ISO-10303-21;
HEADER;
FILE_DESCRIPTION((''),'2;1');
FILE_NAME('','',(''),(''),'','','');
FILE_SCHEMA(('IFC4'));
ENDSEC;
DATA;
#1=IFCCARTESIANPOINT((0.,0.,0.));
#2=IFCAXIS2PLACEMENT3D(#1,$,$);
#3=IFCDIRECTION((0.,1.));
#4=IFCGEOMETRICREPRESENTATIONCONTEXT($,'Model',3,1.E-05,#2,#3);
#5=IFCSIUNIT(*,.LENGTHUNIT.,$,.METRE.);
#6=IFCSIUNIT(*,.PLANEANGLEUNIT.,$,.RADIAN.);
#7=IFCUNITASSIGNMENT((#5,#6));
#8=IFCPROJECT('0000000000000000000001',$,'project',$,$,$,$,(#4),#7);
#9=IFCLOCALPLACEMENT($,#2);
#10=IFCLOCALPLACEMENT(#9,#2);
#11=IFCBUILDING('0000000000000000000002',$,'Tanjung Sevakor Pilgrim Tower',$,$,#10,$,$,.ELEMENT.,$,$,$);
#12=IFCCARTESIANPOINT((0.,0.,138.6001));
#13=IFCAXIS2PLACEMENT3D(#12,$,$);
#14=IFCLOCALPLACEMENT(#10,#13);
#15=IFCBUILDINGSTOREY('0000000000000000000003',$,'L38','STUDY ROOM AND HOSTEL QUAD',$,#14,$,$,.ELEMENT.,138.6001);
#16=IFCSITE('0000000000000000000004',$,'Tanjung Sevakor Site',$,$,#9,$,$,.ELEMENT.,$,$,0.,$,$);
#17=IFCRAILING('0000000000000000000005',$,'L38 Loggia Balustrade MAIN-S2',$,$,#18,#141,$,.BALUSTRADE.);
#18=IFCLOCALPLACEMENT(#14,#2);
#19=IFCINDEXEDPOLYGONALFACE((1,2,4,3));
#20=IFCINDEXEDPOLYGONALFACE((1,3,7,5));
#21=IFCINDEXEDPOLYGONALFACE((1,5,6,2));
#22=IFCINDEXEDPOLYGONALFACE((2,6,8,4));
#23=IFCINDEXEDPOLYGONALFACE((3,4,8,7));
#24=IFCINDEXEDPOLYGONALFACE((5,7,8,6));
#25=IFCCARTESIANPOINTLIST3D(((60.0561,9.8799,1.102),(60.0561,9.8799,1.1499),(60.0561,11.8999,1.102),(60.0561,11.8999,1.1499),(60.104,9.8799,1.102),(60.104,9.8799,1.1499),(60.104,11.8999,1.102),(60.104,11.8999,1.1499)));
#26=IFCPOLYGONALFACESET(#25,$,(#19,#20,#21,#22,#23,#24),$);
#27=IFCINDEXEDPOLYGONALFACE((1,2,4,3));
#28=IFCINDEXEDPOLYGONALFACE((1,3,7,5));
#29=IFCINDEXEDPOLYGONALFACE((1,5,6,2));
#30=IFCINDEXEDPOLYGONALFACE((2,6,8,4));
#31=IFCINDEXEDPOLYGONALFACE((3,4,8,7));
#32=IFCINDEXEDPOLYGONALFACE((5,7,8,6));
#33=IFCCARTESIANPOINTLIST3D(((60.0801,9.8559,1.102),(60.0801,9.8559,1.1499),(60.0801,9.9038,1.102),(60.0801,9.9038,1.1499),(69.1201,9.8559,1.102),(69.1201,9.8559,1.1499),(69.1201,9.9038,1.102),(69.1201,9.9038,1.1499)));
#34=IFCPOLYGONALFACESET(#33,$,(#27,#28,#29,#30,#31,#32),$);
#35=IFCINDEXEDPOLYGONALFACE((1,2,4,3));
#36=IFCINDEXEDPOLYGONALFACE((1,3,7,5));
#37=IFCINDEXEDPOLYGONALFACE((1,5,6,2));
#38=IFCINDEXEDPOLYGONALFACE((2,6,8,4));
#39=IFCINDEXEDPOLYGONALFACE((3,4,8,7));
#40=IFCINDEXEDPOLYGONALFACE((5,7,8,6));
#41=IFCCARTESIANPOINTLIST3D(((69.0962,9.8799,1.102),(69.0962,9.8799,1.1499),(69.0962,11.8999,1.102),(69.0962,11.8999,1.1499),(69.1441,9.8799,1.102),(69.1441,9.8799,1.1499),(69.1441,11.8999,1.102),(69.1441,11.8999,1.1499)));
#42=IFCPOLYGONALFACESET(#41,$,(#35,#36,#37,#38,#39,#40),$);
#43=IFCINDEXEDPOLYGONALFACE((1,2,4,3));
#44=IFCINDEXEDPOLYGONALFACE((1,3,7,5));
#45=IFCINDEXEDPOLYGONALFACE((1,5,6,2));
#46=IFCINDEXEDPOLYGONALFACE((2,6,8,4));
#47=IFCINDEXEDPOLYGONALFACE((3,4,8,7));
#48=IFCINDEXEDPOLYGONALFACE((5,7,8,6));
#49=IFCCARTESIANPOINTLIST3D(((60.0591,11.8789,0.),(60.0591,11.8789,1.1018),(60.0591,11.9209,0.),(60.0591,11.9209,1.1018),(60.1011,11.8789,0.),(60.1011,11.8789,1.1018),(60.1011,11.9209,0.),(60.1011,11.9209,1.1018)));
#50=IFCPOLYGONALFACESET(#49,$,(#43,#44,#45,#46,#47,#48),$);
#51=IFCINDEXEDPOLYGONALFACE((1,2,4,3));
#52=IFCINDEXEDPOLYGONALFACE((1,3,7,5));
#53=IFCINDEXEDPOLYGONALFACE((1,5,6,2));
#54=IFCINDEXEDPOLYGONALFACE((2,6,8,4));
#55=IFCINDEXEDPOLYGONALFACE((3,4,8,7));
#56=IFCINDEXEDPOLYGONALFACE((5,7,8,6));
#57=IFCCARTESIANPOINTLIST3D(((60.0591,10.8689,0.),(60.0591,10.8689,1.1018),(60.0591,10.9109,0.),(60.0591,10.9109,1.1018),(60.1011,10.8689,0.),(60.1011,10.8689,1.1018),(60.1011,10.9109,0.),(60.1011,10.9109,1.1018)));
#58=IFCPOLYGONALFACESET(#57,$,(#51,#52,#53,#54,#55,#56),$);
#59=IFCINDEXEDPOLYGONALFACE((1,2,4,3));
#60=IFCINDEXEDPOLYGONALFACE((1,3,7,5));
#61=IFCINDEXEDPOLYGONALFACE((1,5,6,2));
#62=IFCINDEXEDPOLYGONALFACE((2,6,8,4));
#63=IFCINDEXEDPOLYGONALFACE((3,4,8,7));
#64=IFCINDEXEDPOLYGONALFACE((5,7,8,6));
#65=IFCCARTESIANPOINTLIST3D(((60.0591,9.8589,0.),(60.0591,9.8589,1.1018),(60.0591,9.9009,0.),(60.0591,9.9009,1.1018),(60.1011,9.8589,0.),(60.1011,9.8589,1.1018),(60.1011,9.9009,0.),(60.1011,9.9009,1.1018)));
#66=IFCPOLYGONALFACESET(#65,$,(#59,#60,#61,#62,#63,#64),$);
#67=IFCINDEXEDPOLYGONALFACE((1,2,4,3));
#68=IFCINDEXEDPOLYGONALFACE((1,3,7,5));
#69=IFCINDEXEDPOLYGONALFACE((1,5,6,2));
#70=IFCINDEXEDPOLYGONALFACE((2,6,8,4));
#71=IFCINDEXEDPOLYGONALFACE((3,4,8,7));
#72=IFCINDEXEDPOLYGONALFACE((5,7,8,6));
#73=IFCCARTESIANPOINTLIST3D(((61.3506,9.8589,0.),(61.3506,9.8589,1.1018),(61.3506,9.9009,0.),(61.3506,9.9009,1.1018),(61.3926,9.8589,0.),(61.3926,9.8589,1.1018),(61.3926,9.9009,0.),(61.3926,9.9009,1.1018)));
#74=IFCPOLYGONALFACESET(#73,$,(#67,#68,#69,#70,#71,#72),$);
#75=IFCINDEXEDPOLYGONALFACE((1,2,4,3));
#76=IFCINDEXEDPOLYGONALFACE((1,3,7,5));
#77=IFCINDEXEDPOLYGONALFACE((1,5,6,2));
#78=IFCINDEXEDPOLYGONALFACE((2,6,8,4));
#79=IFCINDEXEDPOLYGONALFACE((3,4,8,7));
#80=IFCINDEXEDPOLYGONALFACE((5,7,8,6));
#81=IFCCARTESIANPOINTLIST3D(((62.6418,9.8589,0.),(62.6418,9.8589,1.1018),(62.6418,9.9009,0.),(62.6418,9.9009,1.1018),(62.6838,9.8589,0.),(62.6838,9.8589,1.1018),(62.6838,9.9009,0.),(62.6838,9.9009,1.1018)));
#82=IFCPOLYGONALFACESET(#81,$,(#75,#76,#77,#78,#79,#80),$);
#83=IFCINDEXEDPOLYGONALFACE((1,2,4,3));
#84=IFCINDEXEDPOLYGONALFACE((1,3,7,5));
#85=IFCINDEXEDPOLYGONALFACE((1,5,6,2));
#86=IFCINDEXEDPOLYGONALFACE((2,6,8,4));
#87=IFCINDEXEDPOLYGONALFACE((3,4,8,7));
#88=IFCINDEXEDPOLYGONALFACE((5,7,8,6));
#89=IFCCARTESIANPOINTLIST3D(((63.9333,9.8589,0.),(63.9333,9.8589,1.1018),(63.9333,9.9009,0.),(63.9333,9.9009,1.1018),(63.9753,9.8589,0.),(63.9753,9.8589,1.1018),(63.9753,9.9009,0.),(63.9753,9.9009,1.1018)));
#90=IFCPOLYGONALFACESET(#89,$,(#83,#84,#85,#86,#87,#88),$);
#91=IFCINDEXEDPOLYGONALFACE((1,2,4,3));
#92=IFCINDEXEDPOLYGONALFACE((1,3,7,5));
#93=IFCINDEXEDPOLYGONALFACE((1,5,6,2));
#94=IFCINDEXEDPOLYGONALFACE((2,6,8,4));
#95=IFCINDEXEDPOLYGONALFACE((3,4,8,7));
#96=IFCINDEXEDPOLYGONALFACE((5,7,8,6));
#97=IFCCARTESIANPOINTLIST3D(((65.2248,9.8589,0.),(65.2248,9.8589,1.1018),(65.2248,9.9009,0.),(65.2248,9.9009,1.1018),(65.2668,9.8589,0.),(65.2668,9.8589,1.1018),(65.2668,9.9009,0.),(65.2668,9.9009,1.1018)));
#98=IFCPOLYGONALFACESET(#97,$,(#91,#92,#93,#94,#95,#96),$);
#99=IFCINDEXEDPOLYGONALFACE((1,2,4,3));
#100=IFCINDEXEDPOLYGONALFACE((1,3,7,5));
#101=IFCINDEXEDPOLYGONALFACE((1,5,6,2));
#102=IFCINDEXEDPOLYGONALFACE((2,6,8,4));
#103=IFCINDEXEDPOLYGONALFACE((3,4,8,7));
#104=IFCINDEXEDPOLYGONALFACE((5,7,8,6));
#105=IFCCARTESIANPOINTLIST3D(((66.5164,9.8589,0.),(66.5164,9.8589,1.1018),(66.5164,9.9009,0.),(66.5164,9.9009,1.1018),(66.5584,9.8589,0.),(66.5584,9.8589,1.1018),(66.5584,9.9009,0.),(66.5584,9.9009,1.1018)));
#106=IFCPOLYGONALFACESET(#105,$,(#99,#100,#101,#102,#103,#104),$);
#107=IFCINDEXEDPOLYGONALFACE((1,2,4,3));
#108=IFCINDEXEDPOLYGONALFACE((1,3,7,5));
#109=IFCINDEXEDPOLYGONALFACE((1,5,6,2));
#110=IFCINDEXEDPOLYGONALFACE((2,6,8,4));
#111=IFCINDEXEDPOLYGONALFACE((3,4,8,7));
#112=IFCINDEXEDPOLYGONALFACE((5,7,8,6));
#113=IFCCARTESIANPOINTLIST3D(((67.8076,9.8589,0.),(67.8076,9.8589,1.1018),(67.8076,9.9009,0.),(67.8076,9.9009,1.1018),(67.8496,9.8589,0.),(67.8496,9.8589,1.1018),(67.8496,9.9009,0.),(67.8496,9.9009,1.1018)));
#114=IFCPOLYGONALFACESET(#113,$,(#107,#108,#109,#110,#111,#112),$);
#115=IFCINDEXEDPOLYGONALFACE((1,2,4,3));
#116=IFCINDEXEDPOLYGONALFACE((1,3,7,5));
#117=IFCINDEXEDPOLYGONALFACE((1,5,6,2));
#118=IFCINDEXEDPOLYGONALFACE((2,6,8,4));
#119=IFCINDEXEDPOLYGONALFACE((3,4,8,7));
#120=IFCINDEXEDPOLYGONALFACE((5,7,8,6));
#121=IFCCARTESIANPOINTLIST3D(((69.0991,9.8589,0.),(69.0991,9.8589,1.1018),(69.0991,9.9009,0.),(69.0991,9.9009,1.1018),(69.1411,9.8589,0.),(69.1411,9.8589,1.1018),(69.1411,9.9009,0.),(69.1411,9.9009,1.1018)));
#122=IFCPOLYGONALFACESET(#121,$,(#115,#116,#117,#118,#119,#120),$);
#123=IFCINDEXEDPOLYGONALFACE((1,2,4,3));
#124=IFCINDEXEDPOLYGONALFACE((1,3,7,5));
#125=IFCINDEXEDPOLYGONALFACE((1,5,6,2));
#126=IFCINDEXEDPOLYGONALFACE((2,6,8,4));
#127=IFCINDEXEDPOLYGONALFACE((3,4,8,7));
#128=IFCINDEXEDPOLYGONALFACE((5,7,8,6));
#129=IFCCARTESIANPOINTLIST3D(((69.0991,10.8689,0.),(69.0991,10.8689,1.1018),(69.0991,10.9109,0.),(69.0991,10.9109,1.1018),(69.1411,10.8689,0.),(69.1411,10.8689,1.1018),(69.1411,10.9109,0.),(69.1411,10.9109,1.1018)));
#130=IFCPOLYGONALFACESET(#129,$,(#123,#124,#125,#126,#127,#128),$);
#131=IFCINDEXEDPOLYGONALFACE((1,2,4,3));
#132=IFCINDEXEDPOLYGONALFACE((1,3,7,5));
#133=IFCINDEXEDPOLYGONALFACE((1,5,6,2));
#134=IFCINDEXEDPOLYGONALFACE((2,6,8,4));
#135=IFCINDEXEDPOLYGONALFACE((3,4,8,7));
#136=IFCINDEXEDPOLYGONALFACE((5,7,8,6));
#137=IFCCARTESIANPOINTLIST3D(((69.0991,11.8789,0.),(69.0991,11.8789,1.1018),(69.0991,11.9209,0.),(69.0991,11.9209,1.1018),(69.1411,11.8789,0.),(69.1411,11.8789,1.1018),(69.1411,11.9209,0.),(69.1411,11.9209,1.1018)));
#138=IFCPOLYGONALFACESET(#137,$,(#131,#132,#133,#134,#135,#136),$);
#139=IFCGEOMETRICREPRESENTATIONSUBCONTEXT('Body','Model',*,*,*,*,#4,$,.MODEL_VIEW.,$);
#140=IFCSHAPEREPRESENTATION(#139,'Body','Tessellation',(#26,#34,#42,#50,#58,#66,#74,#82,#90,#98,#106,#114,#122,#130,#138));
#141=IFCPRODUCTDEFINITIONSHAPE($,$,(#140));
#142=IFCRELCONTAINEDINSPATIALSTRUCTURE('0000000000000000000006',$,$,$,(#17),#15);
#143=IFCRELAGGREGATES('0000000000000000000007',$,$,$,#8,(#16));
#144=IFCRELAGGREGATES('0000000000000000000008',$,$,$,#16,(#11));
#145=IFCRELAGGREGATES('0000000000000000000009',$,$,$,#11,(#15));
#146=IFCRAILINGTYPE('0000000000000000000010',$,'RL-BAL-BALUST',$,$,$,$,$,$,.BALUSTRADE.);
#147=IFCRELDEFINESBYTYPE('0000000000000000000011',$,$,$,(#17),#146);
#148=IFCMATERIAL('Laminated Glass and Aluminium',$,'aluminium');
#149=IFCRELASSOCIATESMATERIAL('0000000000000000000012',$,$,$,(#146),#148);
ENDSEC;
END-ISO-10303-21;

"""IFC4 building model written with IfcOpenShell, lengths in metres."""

from ifc_helpers import new_model, si_unit, direction, frame, origin, place, context, subcontext, project, spatial, rectangle, extrude, material, type_object, element, save


model = new_model("IFC4")

# Units and contexts
model_context = context("Model", 3, precision=1e-05, world=origin(), true_north=direction((0.0, 1.0)))
body_context = subcontext(model_context, "Body", "Model", "MODEL_VIEW")
ifc_project = project(units=[si_unit("LENGTHUNIT", "METRE"), si_unit("PLANEANGLEUNIT", "RADIAN")], contexts=[model_context])

# Site, building, storey
site_placement = place(None, origin())
site = spatial("IfcSite", under=ifc_project, at=site_placement, Name="Tanjung Sevakor Site", CompositionType="ELEMENT", RefElevation=0.0)
building_placement = place(site_placement, origin())
building = spatial("IfcBuilding", under=site, at=building_placement, Name="Tanjung Sevakor Pilgrim Tower", CompositionType="ELEMENT")
storey_placement = place(building_placement, frame((0.0, 0.0, 138.6001)))
storey = spatial("IfcBuildingStorey", under=building, at=storey_placement, Name="L38", Description="STUDY ROOM AND HOSTEL QUAD", CompositionType="ELEMENT", Elevation=138.6001)

# Railing
ifc_material_1 = material(Name="Laminated Glass and Aluminium", Category="aluminium")
railing_type = type_object("IfcRailingType", Name="RL-BAL-BALUST", PredefinedType="BALUSTRADE", material=ifc_material_1)
railing_placement = place(storey_placement, frame((60.0801, 11.8999, 0.0)))
element("IfcRailing", 1, at=railing_placement, inside=storey, type_object=railing_type, Name="L38 Loggia Balustrade MAIN-S2", PredefinedType="BALUSTRADE", context=body_context, shape_type="SweptSolid", body=[
    extrude(rectangle(XDim=0.0479, YDim=0.0479), frame((0.0, 0.0, 1.126), z_axis=(0.0, -1.0, 0.0), x_axis=(1.0, 0.0, 0.0)), (0.0, 0.0, 1.0), 2.02),
    extrude(rectangle(XDim=0.0479, YDim=0.0479), frame((0.0, -2.02, 1.126), z_axis=(1.0, 0.0, 0.0), x_axis=(0.0, 1.0, 0.0)), (0.0, 0.0, 1.0), 9.04),
    extrude(rectangle(XDim=0.0479, YDim=0.0479), frame((9.04, -2.02, 1.126), z_axis=(0.0, 1.0, 0.0), x_axis=(-1.0, 0.0, 0.0)), (0.0, 0.0, 1.0), 2.02),
    extrude(rectangle(XDim=0.042, YDim=0.042), origin(), (0.0, 0.0, 1.0), 1.1018),
    extrude(rectangle(XDim=0.042, YDim=0.042), frame((0.0, -1.01, 0.0)), (0.0, 0.0, 1.0), 1.1018),
    extrude(rectangle(XDim=0.042, YDim=0.042), frame((0.0, -2.02, 0.0)), (0.0, 0.0, 1.0), 1.1018),
    extrude(rectangle(XDim=0.042, YDim=0.042), frame((1.2915, -2.02, 0.0)), (0.0, 0.0, 1.0), 1.1018),
    extrude(rectangle(XDim=0.042, YDim=0.042), frame((2.5828, -2.02, 0.0)), (0.0, 0.0, 1.0), 1.1018),
    extrude(rectangle(XDim=0.042, YDim=0.042), frame((3.8743, -2.02, 0.0)), (0.0, 0.0, 1.0), 1.1018),
    extrude(rectangle(XDim=0.042, YDim=0.042), frame((5.1658, -2.02, 0.0)), (0.0, 0.0, 1.0), 1.1018),
    extrude(rectangle(XDim=0.042, YDim=0.042), frame((6.4573, -2.02, 0.0)), (0.0, 0.0, 1.0), 1.1018),
    extrude(rectangle(XDim=0.042, YDim=0.042), frame((7.7485, -2.02, 0.0)), (0.0, 0.0, 1.0), 1.1018),
    extrude(rectangle(XDim=0.042, YDim=0.042), frame((9.04, -2.02, 0.0)), (0.0, 0.0, 1.0), 1.1018),
    extrude(rectangle(XDim=0.042, YDim=0.042), frame((9.04, -1.01, 0.0)), (0.0, 0.0, 1.0), 1.1018),
    extrude(rectangle(XDim=0.042, YDim=0.042), frame((9.04, 0.0, 0.0)), (0.0, 0.0, 1.0), 1.1018),
])

save(model, "model.ifc")
